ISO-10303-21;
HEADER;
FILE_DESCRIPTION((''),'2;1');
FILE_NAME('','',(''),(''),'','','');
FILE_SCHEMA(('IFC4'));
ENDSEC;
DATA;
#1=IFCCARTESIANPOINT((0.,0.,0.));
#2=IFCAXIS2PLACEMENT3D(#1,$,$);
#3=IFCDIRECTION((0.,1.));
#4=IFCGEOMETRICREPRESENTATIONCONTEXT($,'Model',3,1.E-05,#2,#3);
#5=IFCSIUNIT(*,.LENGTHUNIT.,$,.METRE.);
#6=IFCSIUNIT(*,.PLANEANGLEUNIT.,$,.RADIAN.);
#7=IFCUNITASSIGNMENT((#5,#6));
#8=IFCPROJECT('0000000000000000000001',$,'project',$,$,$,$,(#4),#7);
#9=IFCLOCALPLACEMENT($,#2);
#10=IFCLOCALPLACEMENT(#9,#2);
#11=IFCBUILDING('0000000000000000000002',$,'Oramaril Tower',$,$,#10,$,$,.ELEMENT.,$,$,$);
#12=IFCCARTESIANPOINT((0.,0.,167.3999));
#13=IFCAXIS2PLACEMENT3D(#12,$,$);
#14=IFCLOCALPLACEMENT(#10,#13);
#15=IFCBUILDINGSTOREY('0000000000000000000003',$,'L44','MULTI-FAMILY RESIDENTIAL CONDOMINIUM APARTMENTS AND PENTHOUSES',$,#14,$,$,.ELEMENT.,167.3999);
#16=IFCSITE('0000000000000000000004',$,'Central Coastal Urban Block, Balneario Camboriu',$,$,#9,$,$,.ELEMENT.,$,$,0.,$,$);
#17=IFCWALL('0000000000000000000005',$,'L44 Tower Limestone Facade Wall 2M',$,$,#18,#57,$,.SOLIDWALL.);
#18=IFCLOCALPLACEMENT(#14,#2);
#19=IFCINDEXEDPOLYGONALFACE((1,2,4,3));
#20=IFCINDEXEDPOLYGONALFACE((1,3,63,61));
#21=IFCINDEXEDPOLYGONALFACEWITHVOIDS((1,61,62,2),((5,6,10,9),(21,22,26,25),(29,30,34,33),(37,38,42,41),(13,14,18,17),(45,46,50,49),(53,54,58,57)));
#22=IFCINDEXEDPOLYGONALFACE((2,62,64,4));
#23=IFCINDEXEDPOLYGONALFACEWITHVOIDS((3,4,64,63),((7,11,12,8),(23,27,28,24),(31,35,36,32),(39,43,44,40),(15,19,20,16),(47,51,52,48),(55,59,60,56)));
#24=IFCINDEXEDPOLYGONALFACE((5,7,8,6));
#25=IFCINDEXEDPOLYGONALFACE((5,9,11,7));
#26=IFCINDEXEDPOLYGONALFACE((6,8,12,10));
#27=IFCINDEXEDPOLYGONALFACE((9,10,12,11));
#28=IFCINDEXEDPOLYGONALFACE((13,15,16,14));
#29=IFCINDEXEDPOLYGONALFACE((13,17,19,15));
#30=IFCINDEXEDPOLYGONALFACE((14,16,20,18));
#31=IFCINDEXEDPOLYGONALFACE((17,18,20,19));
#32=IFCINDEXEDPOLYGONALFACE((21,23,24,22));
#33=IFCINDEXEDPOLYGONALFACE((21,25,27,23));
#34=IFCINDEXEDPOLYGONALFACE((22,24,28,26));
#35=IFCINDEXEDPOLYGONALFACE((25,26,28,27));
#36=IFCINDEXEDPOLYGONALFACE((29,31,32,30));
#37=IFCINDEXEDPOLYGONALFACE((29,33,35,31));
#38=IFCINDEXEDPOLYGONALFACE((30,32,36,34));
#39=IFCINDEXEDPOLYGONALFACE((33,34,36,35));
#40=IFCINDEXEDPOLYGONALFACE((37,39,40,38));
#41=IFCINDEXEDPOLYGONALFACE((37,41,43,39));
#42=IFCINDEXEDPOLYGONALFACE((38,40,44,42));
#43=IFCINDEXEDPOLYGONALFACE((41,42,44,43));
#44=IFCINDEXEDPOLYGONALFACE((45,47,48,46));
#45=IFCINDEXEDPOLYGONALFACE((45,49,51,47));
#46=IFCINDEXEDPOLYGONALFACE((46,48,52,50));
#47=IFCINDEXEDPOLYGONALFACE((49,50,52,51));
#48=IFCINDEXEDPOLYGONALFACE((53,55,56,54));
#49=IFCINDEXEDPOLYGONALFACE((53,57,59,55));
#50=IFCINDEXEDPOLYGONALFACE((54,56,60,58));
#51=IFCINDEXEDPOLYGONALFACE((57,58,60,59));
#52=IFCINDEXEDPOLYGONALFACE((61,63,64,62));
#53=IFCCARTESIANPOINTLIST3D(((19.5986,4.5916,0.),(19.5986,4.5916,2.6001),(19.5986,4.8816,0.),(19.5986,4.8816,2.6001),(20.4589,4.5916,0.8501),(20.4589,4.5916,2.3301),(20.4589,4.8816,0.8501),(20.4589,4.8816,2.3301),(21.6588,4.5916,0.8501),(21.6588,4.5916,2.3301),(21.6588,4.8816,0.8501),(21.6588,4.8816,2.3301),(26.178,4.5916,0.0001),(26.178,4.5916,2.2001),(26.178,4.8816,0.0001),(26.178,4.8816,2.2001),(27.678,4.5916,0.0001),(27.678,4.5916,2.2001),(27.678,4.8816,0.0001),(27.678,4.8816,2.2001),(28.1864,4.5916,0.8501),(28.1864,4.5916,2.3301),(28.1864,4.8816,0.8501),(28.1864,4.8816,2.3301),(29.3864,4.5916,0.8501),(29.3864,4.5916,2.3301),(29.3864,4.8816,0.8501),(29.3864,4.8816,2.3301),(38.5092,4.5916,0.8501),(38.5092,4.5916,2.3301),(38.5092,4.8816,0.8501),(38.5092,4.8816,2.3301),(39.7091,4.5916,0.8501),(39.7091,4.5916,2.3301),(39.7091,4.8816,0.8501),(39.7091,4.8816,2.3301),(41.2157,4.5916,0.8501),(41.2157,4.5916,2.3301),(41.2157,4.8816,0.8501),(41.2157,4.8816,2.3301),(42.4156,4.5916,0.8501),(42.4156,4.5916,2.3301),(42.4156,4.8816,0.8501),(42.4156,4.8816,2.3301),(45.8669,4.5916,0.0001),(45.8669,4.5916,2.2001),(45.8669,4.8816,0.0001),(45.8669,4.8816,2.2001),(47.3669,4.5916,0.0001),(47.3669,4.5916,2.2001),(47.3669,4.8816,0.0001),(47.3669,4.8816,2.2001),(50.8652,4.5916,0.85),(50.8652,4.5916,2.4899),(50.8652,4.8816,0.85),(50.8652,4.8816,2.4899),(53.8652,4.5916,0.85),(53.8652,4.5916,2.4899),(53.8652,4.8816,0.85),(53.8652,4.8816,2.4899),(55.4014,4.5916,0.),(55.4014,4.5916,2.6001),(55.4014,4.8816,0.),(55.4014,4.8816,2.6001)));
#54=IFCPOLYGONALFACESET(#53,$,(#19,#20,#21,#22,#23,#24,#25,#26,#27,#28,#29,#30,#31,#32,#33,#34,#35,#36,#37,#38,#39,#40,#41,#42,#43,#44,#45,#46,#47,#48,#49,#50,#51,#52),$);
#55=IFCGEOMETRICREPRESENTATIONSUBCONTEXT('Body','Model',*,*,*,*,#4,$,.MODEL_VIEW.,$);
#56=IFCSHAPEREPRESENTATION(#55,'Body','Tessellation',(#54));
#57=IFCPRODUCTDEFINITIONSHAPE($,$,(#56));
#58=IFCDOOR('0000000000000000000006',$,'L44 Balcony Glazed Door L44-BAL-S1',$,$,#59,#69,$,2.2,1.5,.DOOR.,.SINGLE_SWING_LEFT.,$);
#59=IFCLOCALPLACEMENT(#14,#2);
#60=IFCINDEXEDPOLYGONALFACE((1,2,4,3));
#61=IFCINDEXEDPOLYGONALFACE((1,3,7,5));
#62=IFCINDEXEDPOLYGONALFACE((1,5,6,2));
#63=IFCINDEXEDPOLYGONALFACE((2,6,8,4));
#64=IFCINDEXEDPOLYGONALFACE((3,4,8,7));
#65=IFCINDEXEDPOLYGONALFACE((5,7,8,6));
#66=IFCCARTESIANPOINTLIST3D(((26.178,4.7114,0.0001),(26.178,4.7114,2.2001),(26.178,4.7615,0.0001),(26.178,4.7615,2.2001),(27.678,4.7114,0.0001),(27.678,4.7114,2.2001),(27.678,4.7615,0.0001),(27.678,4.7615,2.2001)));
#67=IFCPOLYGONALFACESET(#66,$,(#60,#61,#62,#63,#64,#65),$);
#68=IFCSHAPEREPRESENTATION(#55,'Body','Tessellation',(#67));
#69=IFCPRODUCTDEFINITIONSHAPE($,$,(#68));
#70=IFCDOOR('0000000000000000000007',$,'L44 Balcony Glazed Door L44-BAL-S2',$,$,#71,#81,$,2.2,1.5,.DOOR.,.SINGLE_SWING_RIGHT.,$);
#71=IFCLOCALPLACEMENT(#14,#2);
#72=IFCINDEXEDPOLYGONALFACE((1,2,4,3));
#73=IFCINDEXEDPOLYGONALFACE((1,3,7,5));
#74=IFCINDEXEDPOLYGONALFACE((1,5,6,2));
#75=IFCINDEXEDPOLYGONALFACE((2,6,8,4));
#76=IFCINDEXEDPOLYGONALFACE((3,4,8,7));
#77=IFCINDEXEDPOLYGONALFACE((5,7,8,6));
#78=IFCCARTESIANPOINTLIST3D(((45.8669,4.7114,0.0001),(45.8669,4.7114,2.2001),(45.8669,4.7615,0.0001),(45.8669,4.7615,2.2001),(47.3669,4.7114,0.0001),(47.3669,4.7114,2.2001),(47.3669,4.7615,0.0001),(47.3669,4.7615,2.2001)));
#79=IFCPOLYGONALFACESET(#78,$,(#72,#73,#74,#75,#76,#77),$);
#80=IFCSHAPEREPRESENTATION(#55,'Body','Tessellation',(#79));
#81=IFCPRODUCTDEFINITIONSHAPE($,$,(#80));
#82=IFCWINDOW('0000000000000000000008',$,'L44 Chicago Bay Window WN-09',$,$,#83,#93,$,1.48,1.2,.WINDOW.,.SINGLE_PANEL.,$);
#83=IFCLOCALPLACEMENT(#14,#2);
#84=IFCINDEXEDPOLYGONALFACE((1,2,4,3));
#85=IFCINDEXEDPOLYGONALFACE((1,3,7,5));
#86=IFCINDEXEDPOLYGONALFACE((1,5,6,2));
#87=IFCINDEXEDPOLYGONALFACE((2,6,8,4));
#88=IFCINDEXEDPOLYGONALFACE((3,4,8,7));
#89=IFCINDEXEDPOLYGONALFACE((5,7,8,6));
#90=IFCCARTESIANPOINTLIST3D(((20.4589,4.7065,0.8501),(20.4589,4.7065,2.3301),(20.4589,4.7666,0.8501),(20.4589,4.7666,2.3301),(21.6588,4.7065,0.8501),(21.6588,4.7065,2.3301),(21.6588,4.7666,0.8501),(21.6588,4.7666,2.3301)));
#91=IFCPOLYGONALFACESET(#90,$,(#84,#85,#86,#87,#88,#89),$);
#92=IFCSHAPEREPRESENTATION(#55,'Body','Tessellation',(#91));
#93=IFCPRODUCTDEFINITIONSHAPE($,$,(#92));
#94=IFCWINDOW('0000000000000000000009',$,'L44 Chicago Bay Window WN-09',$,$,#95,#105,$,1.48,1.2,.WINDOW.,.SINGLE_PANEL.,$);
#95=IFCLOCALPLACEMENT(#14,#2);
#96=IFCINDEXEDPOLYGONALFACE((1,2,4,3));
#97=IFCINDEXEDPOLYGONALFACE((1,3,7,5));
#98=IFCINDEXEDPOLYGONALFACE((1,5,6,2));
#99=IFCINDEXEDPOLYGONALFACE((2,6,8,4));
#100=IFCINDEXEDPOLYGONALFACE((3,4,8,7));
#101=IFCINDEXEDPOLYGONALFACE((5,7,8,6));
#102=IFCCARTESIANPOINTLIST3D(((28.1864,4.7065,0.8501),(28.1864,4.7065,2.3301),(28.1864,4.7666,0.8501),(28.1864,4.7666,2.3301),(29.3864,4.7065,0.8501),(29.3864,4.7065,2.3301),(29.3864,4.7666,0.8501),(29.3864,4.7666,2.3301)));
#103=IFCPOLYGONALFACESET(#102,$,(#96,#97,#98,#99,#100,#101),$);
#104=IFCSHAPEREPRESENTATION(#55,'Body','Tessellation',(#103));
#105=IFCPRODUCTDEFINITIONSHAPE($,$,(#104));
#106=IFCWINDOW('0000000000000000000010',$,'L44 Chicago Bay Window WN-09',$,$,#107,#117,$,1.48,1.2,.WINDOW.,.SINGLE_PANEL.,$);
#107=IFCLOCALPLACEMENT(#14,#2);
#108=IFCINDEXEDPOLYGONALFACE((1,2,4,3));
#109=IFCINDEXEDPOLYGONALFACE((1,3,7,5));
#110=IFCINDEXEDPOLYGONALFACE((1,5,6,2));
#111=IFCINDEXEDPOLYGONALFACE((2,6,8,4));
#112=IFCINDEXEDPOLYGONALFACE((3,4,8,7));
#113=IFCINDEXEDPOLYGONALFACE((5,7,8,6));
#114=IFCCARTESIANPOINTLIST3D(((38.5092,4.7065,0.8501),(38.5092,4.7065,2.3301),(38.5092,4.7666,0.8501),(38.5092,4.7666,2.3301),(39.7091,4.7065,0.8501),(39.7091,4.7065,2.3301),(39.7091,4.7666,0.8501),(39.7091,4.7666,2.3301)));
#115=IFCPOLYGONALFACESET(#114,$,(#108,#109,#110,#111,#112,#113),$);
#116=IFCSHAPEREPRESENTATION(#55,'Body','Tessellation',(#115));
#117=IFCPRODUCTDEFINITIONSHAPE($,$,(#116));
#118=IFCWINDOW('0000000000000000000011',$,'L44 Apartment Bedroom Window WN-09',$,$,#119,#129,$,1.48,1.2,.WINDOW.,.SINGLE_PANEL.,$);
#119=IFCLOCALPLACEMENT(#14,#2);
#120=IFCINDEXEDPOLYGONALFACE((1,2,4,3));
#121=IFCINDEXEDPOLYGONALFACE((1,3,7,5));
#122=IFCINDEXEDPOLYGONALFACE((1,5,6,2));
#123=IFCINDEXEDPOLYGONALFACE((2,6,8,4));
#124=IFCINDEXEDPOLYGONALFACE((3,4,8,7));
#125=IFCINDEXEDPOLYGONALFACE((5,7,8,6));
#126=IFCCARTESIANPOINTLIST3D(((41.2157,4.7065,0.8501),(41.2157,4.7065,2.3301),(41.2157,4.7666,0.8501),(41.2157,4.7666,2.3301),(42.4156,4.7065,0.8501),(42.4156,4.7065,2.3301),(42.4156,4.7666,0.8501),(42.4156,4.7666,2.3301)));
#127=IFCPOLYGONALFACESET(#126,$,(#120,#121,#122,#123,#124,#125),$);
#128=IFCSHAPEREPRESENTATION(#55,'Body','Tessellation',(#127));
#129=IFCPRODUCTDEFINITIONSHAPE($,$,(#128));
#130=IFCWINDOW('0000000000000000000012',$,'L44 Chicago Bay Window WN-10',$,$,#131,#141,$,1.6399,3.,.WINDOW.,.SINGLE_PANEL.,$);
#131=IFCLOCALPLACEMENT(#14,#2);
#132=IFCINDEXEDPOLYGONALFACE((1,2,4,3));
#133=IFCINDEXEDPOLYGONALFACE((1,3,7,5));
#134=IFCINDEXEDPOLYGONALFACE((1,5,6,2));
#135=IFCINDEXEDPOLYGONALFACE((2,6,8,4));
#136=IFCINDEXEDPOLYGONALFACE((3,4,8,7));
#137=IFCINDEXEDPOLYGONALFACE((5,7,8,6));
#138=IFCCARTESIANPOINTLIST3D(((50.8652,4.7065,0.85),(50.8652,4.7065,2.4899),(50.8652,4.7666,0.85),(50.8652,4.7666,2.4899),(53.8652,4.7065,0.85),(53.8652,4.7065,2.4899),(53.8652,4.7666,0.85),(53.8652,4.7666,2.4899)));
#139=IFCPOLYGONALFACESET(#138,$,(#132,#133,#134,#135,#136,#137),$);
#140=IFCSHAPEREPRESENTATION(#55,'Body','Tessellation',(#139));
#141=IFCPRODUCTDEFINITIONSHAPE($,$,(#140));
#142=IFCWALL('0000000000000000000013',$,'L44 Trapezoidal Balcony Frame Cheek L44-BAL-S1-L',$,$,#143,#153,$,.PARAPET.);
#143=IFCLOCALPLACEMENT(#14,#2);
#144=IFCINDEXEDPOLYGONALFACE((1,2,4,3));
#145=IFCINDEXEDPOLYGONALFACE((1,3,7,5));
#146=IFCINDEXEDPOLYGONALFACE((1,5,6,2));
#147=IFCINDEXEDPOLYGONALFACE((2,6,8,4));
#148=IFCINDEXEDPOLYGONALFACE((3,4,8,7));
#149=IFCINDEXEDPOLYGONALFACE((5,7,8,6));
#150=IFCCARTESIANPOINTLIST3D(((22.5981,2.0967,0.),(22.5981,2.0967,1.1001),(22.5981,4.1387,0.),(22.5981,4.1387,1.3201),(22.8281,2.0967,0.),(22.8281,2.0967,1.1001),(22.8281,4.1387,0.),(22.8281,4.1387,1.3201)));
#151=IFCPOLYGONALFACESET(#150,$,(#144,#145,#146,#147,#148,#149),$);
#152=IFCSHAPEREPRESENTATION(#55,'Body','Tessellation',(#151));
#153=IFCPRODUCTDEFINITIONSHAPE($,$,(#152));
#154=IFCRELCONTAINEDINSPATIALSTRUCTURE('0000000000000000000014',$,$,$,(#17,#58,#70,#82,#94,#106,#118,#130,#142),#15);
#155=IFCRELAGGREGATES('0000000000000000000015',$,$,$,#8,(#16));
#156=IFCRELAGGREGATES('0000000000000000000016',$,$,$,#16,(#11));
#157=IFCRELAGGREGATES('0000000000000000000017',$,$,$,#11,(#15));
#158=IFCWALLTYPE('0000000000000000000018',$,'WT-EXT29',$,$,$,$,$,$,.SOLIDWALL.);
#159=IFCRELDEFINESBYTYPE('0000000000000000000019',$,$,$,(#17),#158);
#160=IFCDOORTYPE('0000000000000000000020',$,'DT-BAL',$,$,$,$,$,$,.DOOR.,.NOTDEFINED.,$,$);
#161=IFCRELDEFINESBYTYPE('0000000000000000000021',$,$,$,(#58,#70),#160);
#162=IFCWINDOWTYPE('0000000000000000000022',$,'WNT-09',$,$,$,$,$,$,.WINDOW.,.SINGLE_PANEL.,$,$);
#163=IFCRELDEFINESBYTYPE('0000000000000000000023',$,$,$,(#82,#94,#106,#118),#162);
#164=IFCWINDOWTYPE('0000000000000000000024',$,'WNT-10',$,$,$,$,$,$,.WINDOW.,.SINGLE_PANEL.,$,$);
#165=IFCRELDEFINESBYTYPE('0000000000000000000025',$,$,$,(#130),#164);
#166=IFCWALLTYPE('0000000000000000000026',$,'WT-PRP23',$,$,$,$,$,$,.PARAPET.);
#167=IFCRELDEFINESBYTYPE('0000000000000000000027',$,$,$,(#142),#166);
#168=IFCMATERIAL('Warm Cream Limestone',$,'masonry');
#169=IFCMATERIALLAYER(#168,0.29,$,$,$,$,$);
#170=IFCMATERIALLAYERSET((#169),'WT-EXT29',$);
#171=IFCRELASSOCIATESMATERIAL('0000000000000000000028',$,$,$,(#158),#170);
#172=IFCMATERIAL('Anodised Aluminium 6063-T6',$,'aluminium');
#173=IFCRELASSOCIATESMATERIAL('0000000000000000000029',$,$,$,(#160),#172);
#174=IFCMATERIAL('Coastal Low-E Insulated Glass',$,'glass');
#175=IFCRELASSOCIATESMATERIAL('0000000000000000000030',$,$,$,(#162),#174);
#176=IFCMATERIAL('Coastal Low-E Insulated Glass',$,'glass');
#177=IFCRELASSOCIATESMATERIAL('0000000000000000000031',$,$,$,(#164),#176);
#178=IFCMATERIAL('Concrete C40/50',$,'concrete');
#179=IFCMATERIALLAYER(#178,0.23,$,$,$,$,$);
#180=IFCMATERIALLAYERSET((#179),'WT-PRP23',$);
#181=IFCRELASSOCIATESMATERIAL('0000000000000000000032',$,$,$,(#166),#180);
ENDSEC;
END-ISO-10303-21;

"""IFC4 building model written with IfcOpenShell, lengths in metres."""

from ifc_helpers import new_model, si_unit, direction, frame, frame_2d, origin, place, context, subcontext, project, spatial, polyline, rectangle, outline, extrude, material, layer, layer_set, type_object, element, fill, save


model = new_model("IFC4")

# Units and contexts
model_context = context("Model", 3, precision=1e-05, world=origin(), true_north=direction((0.0, 1.0)))
body_context = subcontext(model_context, "Body", "Model", "MODEL_VIEW")
ifc_project = project(units=[si_unit("LENGTHUNIT", "METRE"), si_unit("PLANEANGLEUNIT", "RADIAN")], contexts=[model_context])

# Site, building, storey
site_placement = place(None, origin())
site = spatial("IfcSite", under=ifc_project, at=site_placement, Name="Central Coastal Urban Block, Balneario Camboriu", CompositionType="ELEMENT", RefElevation=0.0)
building_placement = place(site_placement, origin())
building = spatial("IfcBuilding", under=site, at=building_placement, Name="Oramaril Tower", CompositionType="ELEMENT")
storey_placement = place(building_placement, frame((0.0, 0.0, 167.3999)))
storey = spatial("IfcBuildingStorey", under=building, at=storey_placement, Name="L44", Description="MULTI-FAMILY RESIDENTIAL CONDOMINIUM APARTMENTS AND PENTHOUSES", CompositionType="ELEMENT", Elevation=167.3999)

# Wall, openings, doors, windows
ifc_material_1 = material(Name="Warm Cream Limestone", Category="masonry")
ifc_layer_1 = layer(ifc_material_1, 0.29)
ifc_layer_set_1 = layer_set([ifc_layer_1], Name="WT-EXT29")
wall_type_1 = type_object("IfcWallType", Name="WT-EXT29", PredefinedType="SOLIDWALL", material=ifc_layer_set_1)
wall_1_placement = place(storey_placement, frame((19.5986, 4.7366, 0.0), z_axis=(0.0, 0.0, 1.0), x_axis=(1.0, 0.0, 0.0)))
wall_1 = element("IfcWall", 1, at=wall_1_placement, inside=storey, type_object=wall_type_1, Name="L44 Tower Limestone Facade Wall 2M", PredefinedType="SOLIDWALL", context=body_context, shape_type="SweptSolid", body=[
    extrude(rectangle(XDim=35.8027, YDim=0.29, at=frame_2d((17.9014, 0.0))), origin(), (0.0, 0.0, 1.0), 2.6001),
])
opening_1_placement = place(wall_1_placement, frame((6.5793, 0.0, 0.0)))
opening_1 = element("IfcOpeningElement", 2, at=opening_1_placement, cuts=wall_1, PredefinedType="OPENING", context=body_context, shape_type="SweptSolid", body=[
    extrude(rectangle(XDim=1.5, YDim=2.2, at=frame_2d((0.75, 1.1001))), frame((0.0, 0.145, 0.0), z_axis=(0.0, -1.0, 0.0), x_axis=(1.0, 0.0, 0.0)), (0.0, 0.0, 1.0), 0.29),
])
opening_2_placement = place(wall_1_placement, frame((26.2683, 0.0, 0.0)))
opening_2 = element("IfcOpeningElement", 3, at=opening_2_placement, cuts=wall_1, PredefinedType="OPENING", context=body_context, shape_type="SweptSolid", body=[
    extrude(rectangle(XDim=1.5, YDim=2.2, at=frame_2d((0.75, 1.1001))), frame((0.0, 0.145, 0.0), z_axis=(0.0, -1.0, 0.0), x_axis=(1.0, 0.0, 0.0)), (0.0, 0.0, 1.0), 0.29),
])
opening_3_placement = place(wall_1_placement, frame((0.8601, 0.0, 0.8501)))
opening_3 = element("IfcOpeningElement", 4, at=opening_3_placement, cuts=wall_1, PredefinedType="OPENING", context=body_context, shape_type="SweptSolid", body=[
    extrude(rectangle(XDim=1.2, YDim=1.48, at=frame_2d((0.6001, 0.74))), frame((0.0, 0.145, 0.0), z_axis=(0.0, -1.0, 0.0), x_axis=(1.0, 0.0, 0.0)), (0.0, 0.0, 1.0), 0.29),
])
opening_4_placement = place(wall_1_placement, frame((8.5876, 0.0, 0.8501)))
opening_4 = element("IfcOpeningElement", 5, at=opening_4_placement, cuts=wall_1, PredefinedType="OPENING", context=body_context, shape_type="SweptSolid", body=[
    extrude(rectangle(XDim=1.2, YDim=1.48, at=frame_2d((0.6001, 0.74))), frame((0.0, 0.145, 0.0), z_axis=(0.0, -1.0, 0.0), x_axis=(1.0, 0.0, 0.0)), (0.0, 0.0, 1.0), 0.29),
])
opening_5_placement = place(wall_1_placement, frame((18.9104, 0.0, 0.8501)))
opening_5 = element("IfcOpeningElement", 6, at=opening_5_placement, cuts=wall_1, PredefinedType="OPENING", context=body_context, shape_type="SweptSolid", body=[
    extrude(rectangle(XDim=1.2, YDim=1.48, at=frame_2d((0.6001, 0.74))), frame((0.0, 0.145, 0.0), z_axis=(0.0, -1.0, 0.0), x_axis=(1.0, 0.0, 0.0)), (0.0, 0.0, 1.0), 0.29),
])
opening_6_placement = place(wall_1_placement, frame((31.2666, 0.0, 0.8501)))
opening_6 = element("IfcOpeningElement", 7, at=opening_6_placement, cuts=wall_1, PredefinedType="OPENING", context=body_context, shape_type="SweptSolid", body=[
    extrude(rectangle(XDim=3.0, YDim=1.6399, at=frame_2d((1.5, 0.8198))), frame((0.0, 0.145, 0.0), z_axis=(0.0, -1.0, 0.0), x_axis=(1.0, 0.0, 0.0)), (0.0, 0.0, 1.0), 0.29),
])
opening_7_placement = place(wall_1_placement, frame((21.6169, 0.0, 0.8501)))
opening_7 = element("IfcOpeningElement", 8, at=opening_7_placement, cuts=wall_1, PredefinedType="OPENING", context=body_context, shape_type="SweptSolid", body=[
    extrude(rectangle(XDim=1.2, YDim=1.48, at=frame_2d((0.6001, 0.74))), frame((0.0, 0.145, 0.0), z_axis=(0.0, -1.0, 0.0), x_axis=(1.0, 0.0, 0.0)), (0.0, 0.0, 1.0), 0.29),
])
ifc_material_2 = material(Name="Anodised Aluminium 6063-T6", Category="aluminium")
door_type = type_object("IfcDoorType", Name="DT-BAL", OperationType="NOTDEFINED", PredefinedType="DOOR", material=ifc_material_2)
door_1_placement = place(opening_1_placement, origin())
door_1 = element("IfcDoor", 9, at=door_1_placement, inside=storey, type_object=door_type, Name="L44 Balcony Glazed Door L44-BAL-S1", OperationType="SINGLE_SWING_LEFT", OverallHeight=2.2, OverallWidth=1.5, PredefinedType="DOOR", context=body_context, shape_type="SweptSolid", body=[
    extrude(rectangle(XDim=1.5, YDim=2.2, at=frame_2d((0.75, 1.1001))), frame((0.0, 0.0249, 0.0), z_axis=(0.0, -1.0, 0.0), x_axis=(1.0, 0.0, 0.0)), (0.0, 0.0, 1.0), 0.05),
])
fill(opening_1, door_1)
door_2_placement = place(opening_2_placement, origin())
door_2 = element("IfcDoor", 10, at=door_2_placement, inside=storey, type_object=door_type, Name="L44 Balcony Glazed Door L44-BAL-S2", OperationType="SINGLE_SWING_RIGHT", OverallHeight=2.2, OverallWidth=1.5, PredefinedType="DOOR", context=body_context, shape_type="SweptSolid", body=[
    extrude(rectangle(XDim=1.5, YDim=2.2, at=frame_2d((0.75, 1.1001))), frame((0.0, 0.0249, 0.0), z_axis=(0.0, -1.0, 0.0), x_axis=(1.0, 0.0, 0.0)), (0.0, 0.0, 1.0), 0.05),
])
fill(opening_2, door_2)
ifc_material_3 = material(Name="Coastal Low-E Insulated Glass", Category="glass")
window_type_1 = type_object("IfcWindowType", Name="WNT-09", PartitioningType="SINGLE_PANEL", PredefinedType="WINDOW", material=ifc_material_3)
window_1_placement = place(opening_3_placement, origin())
window_1 = element("IfcWindow", 11, at=window_1_placement, inside=storey, type_object=window_type_1, Name="L44 Chicago Bay Window WN-09", OverallHeight=1.48, OverallWidth=1.2, PartitioningType="SINGLE_PANEL", PredefinedType="WINDOW", context=body_context, shape_type="SweptSolid", body=[
    extrude(rectangle(XDim=1.2, YDim=1.48, at=frame_2d((0.6001, 0.74))), frame((0.0, 0.03, 0.0), z_axis=(0.0, -1.0, 0.0), x_axis=(1.0, 0.0, 0.0)), (0.0, 0.0, 1.0), 0.0601),
])
fill(opening_3, window_1)
window_2_placement = place(opening_4_placement, origin())
window_2 = element("IfcWindow", 12, at=window_2_placement, inside=storey, type_object=window_type_1, Name="L44 Chicago Bay Window WN-09", OverallHeight=1.48, OverallWidth=1.2, PartitioningType="SINGLE_PANEL", PredefinedType="WINDOW", context=body_context, shape_type="SweptSolid", body=[
    extrude(rectangle(XDim=1.2, YDim=1.48, at=frame_2d((0.6001, 0.74))), frame((0.0, 0.03, 0.0), z_axis=(0.0, -1.0, 0.0), x_axis=(1.0, 0.0, 0.0)), (0.0, 0.0, 1.0), 0.0601),
])
fill(opening_4, window_2)
window_3_placement = place(opening_5_placement, origin())
window_3 = element("IfcWindow", 13, at=window_3_placement, inside=storey, type_object=window_type_1, Name="L44 Chicago Bay Window WN-09", OverallHeight=1.48, OverallWidth=1.2, PartitioningType="SINGLE_PANEL", PredefinedType="WINDOW", context=body_context, shape_type="SweptSolid", body=[
    extrude(rectangle(XDim=1.2, YDim=1.48, at=frame_2d((0.6001, 0.74))), frame((0.0, 0.03, 0.0), z_axis=(0.0, -1.0, 0.0), x_axis=(1.0, 0.0, 0.0)), (0.0, 0.0, 1.0), 0.0601),
])
fill(opening_5, window_3)
window_4_placement = place(opening_7_placement, origin())
window_4 = element("IfcWindow", 14, at=window_4_placement, inside=storey, type_object=window_type_1, Name="L44 Apartment Bedroom Window WN-09", OverallHeight=1.48, OverallWidth=1.2, PartitioningType="SINGLE_PANEL", PredefinedType="WINDOW", context=body_context, shape_type="SweptSolid", body=[
    extrude(rectangle(XDim=1.2, YDim=1.48, at=frame_2d((0.6001, 0.74))), frame((0.0, 0.03, 0.0), z_axis=(0.0, -1.0, 0.0), x_axis=(1.0, 0.0, 0.0)), (0.0, 0.0, 1.0), 0.0601),
])
fill(opening_7, window_4)
ifc_material_4 = material(Name="Coastal Low-E Insulated Glass", Category="glass")
window_type_2 = type_object("IfcWindowType", Name="WNT-10", PartitioningType="SINGLE_PANEL", PredefinedType="WINDOW", material=ifc_material_4)
window_5_placement = place(opening_6_placement, origin())
window_5 = element("IfcWindow", 15, at=window_5_placement, inside=storey, type_object=window_type_2, Name="L44 Chicago Bay Window WN-10", OverallHeight=1.6399, OverallWidth=3.0, PartitioningType="SINGLE_PANEL", PredefinedType="WINDOW", context=body_context, shape_type="SweptSolid", body=[
    extrude(rectangle(XDim=3.0, YDim=1.6399, at=frame_2d((1.5, 0.8198))), frame((0.0, 0.03, 0.0), z_axis=(0.0, -1.0, 0.0), x_axis=(1.0, 0.0, 0.0)), (0.0, 0.0, 1.0), 0.0601),
])
fill(opening_6, window_5)

# Wall
ifc_material_5 = material(Name="Concrete C40/50", Category="concrete")
ifc_layer_2 = layer(ifc_material_5, 0.23)
ifc_layer_set_2 = layer_set([ifc_layer_2], Name="WT-PRP23")
wall_type_2 = type_object("IfcWallType", Name="WT-PRP23", PredefinedType="PARAPET", material=ifc_layer_set_2)
wall_2_placement = place(storey_placement, frame((22.7131, 4.1387, 0.0), z_axis=(0.0, 0.0, 1.0), x_axis=(0.0, -1.0, 0.0)))
element("IfcWall", 16, at=wall_2_placement, inside=storey, type_object=wall_type_2, Name="L44 Trapezoidal Balcony Frame Cheek L44-BAL-S1-L", PredefinedType="PARAPET", context=body_context, shape_type="SweptSolid", body=[
    extrude(outline(polyline([(0.0, 0.0), (2.042, 0.0), (2.042, 1.1001), (0.0, 1.3201), (0.0, 0.0)])), frame((0.0, 0.115, 0.0), z_axis=(0.0, -1.0, 0.0), x_axis=(1.0, 0.0, 0.0)), (0.0, 0.0, 1.0), 0.23),
])

save(model, "model.ifc")
